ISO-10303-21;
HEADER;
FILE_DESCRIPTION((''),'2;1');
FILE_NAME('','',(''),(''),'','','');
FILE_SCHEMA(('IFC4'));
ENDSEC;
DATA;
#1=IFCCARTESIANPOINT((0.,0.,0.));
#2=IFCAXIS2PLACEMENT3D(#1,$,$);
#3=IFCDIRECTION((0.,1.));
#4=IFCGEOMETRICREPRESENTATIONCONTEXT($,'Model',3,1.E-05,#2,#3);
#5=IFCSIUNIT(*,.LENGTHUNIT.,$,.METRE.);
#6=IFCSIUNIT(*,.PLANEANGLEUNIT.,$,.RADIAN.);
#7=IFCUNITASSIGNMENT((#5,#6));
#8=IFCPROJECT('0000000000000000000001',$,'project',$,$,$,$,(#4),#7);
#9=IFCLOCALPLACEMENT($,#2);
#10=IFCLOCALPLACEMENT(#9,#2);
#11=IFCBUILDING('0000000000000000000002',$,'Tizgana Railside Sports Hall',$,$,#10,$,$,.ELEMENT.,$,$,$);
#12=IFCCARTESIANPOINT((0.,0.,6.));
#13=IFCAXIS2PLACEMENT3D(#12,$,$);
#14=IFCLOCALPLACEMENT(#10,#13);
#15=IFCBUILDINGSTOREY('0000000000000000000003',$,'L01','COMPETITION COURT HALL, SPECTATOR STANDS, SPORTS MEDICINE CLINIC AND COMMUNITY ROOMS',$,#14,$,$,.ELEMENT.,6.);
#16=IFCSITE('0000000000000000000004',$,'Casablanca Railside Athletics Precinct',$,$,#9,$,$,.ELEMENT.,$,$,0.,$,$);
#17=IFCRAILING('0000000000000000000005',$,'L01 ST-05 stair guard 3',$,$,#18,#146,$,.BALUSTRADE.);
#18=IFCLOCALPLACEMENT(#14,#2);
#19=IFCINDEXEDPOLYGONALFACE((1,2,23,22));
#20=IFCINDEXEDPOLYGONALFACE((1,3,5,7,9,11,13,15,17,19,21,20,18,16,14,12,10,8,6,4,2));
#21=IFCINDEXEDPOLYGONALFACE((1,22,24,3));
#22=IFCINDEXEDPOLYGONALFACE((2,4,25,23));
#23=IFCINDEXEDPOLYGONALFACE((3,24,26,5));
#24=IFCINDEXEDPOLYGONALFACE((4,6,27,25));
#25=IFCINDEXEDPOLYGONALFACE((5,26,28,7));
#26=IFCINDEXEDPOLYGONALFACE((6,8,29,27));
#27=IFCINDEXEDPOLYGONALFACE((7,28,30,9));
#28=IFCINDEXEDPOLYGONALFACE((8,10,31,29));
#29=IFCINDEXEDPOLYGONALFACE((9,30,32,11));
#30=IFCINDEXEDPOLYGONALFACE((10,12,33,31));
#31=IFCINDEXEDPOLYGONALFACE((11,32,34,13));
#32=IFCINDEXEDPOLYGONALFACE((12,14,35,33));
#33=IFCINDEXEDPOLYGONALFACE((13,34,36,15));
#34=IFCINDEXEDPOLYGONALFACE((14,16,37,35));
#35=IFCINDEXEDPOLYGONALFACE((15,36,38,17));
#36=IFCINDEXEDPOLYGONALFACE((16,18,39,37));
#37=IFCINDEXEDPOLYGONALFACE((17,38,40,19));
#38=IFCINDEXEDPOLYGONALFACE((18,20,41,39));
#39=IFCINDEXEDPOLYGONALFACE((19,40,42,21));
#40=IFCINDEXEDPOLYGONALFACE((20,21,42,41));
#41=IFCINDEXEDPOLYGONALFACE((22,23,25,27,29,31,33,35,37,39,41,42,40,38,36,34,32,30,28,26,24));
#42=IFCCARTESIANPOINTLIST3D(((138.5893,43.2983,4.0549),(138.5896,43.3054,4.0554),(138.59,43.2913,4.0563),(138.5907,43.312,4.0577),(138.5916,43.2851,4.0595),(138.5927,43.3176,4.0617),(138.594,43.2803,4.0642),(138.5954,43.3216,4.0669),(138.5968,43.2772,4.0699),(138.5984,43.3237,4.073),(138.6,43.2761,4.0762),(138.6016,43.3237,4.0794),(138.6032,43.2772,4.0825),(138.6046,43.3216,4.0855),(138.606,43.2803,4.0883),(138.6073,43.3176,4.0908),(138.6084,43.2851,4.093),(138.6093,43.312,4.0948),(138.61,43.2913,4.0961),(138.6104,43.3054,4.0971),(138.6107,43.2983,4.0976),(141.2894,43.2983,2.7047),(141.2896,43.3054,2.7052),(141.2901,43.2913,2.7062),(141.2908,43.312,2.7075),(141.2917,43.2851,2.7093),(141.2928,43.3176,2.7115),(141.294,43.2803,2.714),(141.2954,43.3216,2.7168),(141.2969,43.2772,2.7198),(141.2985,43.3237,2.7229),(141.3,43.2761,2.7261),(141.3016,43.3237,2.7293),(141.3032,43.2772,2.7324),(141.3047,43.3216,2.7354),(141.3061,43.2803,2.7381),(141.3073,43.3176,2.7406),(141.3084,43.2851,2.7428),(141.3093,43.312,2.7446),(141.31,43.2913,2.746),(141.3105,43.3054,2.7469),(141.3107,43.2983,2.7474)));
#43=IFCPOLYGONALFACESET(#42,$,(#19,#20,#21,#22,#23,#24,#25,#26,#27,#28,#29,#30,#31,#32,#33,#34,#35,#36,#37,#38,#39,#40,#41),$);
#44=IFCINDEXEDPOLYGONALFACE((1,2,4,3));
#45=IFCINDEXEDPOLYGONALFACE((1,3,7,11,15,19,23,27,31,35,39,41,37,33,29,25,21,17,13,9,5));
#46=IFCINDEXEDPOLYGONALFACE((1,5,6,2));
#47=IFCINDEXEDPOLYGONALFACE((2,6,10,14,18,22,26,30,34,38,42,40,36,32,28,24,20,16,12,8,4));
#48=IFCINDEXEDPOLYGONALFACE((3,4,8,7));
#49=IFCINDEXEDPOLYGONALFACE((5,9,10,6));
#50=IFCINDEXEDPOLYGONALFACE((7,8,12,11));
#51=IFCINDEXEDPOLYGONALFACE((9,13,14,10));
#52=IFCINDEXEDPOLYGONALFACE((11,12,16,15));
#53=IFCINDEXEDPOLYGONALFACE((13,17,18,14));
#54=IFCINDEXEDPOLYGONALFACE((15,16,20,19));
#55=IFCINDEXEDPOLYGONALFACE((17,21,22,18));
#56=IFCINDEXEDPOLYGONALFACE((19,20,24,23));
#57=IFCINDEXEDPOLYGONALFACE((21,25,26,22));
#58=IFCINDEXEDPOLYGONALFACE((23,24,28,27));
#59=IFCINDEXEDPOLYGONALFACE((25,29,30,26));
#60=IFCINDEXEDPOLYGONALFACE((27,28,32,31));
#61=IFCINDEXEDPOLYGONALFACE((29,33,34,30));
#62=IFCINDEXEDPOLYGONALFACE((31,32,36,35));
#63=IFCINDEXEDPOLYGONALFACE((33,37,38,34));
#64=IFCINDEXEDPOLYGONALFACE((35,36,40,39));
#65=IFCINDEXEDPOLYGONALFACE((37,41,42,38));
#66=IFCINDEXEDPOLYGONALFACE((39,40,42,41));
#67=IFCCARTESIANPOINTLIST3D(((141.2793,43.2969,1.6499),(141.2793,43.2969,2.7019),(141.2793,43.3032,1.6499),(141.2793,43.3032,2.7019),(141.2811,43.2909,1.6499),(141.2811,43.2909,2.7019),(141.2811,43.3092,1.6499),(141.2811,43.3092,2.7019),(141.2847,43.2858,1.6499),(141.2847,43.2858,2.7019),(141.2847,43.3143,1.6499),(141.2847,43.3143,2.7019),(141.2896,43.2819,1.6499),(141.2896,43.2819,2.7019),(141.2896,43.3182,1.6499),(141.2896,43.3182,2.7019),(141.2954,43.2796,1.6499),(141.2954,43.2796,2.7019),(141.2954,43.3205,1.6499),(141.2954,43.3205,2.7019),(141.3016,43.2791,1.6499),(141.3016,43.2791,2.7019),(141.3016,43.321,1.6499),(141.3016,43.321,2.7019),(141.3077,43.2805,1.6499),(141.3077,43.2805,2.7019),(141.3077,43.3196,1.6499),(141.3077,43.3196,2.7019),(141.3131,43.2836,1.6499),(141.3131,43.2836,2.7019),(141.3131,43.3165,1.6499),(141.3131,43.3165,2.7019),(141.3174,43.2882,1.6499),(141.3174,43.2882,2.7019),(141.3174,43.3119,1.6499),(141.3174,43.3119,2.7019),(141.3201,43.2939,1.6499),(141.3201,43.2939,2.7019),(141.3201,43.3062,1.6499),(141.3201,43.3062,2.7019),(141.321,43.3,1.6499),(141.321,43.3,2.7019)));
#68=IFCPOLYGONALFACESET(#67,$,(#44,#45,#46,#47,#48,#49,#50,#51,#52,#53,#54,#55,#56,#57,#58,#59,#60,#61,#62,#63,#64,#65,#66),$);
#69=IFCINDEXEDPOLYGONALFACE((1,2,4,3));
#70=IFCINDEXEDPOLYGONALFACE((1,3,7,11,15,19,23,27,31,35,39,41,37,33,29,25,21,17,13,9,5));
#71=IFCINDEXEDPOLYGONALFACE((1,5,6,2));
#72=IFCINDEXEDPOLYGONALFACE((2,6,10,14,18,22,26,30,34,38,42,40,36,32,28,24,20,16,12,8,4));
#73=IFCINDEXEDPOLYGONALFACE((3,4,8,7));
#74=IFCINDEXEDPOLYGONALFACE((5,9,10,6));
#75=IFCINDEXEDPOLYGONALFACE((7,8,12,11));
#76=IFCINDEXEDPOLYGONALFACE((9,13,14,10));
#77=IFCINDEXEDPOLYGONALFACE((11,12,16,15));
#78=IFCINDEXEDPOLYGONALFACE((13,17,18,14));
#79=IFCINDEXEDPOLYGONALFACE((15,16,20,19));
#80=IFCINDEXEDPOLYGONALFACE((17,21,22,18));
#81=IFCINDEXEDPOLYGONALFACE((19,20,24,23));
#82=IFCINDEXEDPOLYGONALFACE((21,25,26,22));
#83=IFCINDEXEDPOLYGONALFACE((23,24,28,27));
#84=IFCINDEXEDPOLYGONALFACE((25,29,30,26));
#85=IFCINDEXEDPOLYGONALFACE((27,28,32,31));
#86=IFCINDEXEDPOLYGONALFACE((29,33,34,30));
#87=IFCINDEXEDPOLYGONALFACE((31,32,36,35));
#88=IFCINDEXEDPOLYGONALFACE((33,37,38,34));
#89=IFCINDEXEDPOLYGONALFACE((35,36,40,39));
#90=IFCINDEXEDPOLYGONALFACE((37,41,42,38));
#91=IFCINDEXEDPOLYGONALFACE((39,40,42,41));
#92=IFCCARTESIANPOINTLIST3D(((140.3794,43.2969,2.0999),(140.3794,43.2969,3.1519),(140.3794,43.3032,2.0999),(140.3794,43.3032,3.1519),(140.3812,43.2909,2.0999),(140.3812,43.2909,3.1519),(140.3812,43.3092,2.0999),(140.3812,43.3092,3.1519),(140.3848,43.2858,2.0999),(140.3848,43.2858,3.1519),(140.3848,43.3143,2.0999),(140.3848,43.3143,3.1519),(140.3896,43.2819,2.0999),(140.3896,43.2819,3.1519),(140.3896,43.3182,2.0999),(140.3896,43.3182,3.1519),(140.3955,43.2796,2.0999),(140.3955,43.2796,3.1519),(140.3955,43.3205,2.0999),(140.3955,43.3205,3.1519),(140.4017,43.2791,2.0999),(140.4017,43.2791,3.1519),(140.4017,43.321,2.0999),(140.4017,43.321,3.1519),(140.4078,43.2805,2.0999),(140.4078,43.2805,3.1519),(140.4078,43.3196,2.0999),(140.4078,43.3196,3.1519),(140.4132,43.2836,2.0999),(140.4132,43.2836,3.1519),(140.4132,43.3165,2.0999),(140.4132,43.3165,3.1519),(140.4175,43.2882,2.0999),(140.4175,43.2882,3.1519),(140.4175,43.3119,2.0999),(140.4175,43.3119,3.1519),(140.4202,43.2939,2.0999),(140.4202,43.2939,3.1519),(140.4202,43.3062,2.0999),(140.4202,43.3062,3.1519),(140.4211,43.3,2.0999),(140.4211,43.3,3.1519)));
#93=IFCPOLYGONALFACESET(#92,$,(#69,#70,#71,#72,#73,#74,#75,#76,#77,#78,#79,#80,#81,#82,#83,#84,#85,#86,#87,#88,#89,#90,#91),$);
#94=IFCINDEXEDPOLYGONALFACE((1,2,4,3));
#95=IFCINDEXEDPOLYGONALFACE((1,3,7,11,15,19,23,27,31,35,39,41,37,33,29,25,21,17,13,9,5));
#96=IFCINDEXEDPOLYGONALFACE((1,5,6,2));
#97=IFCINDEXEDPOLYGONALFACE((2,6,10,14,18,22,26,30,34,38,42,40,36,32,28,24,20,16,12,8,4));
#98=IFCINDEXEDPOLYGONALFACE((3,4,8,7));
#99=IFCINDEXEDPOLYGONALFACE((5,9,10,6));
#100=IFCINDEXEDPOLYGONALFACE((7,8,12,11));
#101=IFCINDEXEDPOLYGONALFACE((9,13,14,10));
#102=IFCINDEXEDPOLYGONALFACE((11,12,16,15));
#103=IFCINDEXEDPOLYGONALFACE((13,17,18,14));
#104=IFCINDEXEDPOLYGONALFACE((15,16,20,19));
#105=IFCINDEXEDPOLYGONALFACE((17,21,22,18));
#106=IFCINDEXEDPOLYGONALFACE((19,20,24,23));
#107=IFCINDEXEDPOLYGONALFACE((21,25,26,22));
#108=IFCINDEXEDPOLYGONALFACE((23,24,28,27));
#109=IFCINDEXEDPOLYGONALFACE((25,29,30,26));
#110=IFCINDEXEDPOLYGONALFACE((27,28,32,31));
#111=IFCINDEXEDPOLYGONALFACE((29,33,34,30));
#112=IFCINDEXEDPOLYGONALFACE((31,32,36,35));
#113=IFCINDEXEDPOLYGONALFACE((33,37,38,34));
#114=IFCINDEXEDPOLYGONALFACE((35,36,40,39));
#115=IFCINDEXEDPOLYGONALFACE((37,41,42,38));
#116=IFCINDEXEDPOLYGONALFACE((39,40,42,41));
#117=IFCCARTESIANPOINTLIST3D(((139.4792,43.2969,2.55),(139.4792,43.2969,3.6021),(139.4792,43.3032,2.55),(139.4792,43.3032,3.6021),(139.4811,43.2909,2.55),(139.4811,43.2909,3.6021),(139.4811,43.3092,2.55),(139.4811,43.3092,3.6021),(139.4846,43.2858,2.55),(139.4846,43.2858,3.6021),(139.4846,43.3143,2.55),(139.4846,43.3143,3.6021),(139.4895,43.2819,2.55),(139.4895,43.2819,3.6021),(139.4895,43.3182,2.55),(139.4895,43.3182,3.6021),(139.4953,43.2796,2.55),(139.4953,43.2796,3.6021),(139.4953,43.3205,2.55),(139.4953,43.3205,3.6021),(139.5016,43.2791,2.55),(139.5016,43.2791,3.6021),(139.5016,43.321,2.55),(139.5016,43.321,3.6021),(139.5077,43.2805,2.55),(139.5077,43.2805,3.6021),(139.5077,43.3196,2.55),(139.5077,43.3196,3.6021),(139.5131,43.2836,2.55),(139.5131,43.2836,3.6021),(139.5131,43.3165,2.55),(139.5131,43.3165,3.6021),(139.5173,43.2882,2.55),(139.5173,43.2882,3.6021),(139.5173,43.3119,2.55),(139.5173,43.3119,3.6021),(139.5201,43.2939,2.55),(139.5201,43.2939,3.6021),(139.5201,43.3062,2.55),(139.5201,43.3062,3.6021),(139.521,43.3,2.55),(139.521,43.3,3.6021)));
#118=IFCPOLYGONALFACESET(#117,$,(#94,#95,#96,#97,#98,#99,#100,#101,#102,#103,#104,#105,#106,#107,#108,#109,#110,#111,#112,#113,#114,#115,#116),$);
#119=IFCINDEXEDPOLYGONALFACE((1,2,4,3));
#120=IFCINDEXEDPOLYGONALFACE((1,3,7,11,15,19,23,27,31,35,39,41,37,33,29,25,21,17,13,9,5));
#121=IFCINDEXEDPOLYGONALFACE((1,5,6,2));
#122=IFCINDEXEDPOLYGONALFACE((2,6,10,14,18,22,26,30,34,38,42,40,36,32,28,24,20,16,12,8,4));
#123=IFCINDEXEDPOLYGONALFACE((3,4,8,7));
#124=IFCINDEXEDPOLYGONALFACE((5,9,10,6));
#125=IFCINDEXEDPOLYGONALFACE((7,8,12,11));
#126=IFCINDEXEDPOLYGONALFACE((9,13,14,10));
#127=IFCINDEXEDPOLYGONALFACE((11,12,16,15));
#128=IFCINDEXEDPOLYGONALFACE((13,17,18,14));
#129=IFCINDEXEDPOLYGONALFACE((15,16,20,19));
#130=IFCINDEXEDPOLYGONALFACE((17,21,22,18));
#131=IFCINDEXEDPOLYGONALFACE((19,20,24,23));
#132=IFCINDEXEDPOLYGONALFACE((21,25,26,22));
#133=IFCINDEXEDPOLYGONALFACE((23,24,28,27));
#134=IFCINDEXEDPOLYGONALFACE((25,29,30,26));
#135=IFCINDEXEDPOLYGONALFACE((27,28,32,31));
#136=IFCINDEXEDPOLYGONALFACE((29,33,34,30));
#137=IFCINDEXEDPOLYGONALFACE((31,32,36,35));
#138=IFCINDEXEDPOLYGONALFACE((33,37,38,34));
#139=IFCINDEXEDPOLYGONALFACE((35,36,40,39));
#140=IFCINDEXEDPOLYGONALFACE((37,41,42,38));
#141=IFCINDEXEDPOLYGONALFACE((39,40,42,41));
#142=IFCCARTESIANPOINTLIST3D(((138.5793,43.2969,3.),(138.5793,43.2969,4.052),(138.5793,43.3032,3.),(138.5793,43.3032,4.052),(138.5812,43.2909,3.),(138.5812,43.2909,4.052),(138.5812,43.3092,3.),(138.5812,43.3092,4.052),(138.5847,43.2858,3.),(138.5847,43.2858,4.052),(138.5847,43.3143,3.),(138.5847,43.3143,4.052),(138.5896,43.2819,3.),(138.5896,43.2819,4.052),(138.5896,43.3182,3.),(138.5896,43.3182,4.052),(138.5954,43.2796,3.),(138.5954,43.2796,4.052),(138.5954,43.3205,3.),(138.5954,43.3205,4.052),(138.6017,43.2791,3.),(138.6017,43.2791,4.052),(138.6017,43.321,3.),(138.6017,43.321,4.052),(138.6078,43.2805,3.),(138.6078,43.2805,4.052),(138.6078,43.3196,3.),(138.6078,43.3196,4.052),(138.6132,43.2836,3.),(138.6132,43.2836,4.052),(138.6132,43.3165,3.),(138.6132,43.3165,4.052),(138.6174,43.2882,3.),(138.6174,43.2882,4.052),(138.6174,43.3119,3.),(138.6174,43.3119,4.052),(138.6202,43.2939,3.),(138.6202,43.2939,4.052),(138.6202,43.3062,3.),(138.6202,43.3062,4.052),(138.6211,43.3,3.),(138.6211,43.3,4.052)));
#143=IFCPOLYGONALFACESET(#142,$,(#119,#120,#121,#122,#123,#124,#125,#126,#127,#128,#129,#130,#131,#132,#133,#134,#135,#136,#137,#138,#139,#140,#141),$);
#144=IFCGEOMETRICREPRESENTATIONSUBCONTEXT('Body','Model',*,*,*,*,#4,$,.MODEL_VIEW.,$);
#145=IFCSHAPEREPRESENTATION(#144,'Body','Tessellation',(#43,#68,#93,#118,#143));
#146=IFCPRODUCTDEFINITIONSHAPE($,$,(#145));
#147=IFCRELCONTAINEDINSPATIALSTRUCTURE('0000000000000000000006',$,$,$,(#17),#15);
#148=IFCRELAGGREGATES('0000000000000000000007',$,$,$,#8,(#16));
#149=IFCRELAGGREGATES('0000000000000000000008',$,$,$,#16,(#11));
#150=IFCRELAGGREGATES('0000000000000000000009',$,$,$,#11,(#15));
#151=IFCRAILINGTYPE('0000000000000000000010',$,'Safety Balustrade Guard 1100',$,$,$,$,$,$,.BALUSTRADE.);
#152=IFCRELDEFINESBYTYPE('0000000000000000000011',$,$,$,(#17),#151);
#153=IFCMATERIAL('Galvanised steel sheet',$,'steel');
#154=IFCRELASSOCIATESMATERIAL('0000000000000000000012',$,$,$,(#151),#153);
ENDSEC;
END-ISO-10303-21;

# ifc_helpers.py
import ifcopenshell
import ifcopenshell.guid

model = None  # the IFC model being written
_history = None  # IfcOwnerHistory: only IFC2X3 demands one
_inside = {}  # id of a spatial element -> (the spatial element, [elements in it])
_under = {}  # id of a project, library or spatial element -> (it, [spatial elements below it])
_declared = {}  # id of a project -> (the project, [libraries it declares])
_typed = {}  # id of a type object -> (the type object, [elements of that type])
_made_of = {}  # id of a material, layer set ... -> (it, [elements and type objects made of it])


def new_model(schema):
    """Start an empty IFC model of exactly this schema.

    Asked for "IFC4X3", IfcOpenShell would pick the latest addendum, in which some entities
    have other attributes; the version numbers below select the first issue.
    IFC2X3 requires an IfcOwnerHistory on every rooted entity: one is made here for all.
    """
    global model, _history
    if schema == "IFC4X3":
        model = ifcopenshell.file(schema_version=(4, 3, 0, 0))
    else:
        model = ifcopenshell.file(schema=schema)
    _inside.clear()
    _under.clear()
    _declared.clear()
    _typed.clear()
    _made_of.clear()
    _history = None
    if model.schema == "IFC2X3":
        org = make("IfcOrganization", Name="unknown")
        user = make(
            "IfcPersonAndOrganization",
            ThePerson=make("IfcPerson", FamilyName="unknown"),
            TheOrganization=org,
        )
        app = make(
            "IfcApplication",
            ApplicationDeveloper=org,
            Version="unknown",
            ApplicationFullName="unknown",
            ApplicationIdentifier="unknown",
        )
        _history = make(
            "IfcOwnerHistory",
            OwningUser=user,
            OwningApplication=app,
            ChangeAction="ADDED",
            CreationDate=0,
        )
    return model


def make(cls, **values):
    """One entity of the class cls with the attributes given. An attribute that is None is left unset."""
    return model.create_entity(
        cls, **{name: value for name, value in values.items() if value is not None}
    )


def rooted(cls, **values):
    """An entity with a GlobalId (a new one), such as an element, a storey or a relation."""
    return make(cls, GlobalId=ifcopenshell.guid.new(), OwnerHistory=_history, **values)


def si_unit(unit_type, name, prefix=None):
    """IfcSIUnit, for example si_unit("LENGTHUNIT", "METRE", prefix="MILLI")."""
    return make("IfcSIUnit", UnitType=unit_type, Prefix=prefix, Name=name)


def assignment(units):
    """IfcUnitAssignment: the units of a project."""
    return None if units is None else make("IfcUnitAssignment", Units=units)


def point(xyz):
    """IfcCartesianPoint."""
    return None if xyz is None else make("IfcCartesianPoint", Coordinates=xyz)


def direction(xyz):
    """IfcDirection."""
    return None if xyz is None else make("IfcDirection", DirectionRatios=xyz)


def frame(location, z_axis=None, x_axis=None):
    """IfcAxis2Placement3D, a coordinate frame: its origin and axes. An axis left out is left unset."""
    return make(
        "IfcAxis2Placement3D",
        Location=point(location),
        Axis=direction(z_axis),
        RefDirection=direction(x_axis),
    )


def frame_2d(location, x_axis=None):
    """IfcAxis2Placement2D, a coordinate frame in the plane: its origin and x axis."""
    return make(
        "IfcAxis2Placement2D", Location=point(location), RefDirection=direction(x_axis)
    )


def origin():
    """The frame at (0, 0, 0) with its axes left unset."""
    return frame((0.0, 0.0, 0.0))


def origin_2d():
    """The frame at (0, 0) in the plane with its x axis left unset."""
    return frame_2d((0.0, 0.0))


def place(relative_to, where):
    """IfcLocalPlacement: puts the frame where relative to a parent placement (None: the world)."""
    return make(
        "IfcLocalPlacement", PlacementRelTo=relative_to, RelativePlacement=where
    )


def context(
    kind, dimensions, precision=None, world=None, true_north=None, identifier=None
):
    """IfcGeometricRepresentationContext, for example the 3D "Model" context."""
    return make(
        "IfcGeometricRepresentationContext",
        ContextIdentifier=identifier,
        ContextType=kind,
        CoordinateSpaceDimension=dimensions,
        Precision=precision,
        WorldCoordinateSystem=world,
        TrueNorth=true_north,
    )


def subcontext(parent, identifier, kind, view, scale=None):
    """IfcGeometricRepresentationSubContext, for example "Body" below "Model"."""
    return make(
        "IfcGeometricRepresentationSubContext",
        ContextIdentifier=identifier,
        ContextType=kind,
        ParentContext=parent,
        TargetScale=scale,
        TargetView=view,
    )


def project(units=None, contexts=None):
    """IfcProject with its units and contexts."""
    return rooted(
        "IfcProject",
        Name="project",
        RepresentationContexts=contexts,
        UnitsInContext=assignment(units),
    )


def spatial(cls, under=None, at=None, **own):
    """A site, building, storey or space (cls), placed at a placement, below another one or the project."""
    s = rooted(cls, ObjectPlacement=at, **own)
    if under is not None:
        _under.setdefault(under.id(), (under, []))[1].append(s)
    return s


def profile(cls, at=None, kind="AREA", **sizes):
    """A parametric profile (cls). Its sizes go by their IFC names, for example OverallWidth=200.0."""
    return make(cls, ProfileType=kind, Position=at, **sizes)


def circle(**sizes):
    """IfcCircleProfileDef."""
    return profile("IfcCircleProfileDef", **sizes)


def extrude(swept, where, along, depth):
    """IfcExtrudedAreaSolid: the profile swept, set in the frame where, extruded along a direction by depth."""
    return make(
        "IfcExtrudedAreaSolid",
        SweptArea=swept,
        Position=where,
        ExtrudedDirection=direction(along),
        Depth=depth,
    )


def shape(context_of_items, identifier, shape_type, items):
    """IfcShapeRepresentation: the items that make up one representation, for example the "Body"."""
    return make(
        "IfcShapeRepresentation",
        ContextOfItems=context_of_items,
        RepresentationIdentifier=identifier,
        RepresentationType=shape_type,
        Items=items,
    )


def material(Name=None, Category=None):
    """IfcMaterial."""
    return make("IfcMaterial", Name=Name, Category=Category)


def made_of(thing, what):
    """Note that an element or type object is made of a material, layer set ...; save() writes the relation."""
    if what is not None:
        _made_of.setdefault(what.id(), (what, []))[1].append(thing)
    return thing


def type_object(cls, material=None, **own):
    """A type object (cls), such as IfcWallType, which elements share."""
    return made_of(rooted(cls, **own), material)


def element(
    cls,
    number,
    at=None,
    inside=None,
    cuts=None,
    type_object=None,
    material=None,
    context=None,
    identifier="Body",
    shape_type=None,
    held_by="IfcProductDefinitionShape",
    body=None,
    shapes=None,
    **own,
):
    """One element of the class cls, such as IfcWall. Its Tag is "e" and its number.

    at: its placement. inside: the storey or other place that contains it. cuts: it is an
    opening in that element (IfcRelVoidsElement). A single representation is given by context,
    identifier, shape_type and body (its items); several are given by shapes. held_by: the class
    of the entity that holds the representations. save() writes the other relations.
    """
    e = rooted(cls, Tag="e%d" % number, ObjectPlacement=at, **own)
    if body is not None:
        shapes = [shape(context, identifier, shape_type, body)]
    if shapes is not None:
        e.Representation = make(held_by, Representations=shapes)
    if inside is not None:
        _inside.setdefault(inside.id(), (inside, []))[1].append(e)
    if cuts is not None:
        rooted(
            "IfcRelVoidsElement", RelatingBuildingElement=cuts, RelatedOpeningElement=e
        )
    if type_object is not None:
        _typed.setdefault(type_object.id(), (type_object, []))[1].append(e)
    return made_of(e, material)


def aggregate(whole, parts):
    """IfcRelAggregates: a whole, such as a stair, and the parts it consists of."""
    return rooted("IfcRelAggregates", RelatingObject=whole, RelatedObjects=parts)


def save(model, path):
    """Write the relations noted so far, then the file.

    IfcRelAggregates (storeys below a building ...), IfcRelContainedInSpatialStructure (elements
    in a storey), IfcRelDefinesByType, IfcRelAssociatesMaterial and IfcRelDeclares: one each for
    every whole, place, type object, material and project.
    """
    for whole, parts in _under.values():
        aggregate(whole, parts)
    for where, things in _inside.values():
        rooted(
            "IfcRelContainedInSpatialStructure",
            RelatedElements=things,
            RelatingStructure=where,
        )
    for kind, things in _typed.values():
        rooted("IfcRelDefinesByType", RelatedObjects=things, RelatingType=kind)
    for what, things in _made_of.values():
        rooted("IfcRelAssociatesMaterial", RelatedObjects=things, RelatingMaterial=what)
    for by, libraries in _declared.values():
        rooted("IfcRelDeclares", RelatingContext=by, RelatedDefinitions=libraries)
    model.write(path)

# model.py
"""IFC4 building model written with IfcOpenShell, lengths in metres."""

from ifc_helpers import new_model, si_unit, direction, frame, origin, origin_2d, place, context, subcontext, project, spatial, circle, extrude, material, type_object, element, save


model = new_model("IFC4")

# Units and contexts
model_context = context("Model", 3, precision=1e-05, world=origin(), true_north=direction((0.0, 1.0)))
body_context = subcontext(model_context, "Body", "Model", "MODEL_VIEW")
ifc_project = project(units=[si_unit("LENGTHUNIT", "METRE"), si_unit("PLANEANGLEUNIT", "RADIAN")], contexts=[model_context])

# Site, building, storey
site_placement = place(None, origin())
site = spatial("IfcSite", under=ifc_project, at=site_placement, Name="Casablanca Railside Athletics Precinct", CompositionType="ELEMENT", RefElevation=0.0)
building_placement = place(site_placement, origin())
building = spatial("IfcBuilding", under=site, at=building_placement, Name="Tizgana Railside Sports Hall", CompositionType="ELEMENT")
storey_placement = place(building_placement, frame((0.0, 0.0, 6.0)))
storey = spatial("IfcBuildingStorey", under=building, at=storey_placement, Name="L01", Description="COMPETITION COURT HALL, SPECTATOR STANDS, SPORTS MEDICINE CLINIC AND COMMUNITY ROOMS", CompositionType="ELEMENT", Elevation=6.0)

# Railing
ifc_material_1 = material(Name="Galvanised steel sheet", Category="steel")
railing_type_1 = type_object("IfcRailingType", Name="Safety Balustrade Guard 1100", PredefinedType="BALUSTRADE", material=ifc_material_1)
railing_1_placement = place(storey_placement, frame((141.3, 43.3, 1.6499)))
element("IfcRailing", 1, at=railing_1_placement, inside=storey, type_object=railing_type_1, Name="L01 ST-05 stair guard 3", PredefinedType="BALUSTRADE", context=body_context, shape_type="SweptSolid", body=[
    extrude(circle(Radius=0.0239, at=origin_2d()), frame((0.0, 0.0, 1.0762), z_axis=(-0.894411, 0.0, 0.447246), x_axis=(0.0, -1.0, 0.0)), (0.0, 0.0, 1.0), 3.0188),
    extrude(circle(Radius=0.021, at=origin_2d()), origin(), (0.0, 0.0, 1.0), 1.052),
    extrude(circle(Radius=0.021, at=origin_2d()), frame((-0.8999, 0.0, 0.45)), (0.0, 0.0, 1.0), 1.052),
    extrude(circle(Radius=0.021, at=origin_2d()), frame((-1.8, 0.0, 0.9001)), (0.0, 0.0, 1.0), 1.052),
    extrude(circle(Radius=0.021, at=origin_2d()), frame((-2.7, 0.0, 1.3501)), (0.0, 0.0, 1.0), 1.052),
])

save(model, "model.ifc")
